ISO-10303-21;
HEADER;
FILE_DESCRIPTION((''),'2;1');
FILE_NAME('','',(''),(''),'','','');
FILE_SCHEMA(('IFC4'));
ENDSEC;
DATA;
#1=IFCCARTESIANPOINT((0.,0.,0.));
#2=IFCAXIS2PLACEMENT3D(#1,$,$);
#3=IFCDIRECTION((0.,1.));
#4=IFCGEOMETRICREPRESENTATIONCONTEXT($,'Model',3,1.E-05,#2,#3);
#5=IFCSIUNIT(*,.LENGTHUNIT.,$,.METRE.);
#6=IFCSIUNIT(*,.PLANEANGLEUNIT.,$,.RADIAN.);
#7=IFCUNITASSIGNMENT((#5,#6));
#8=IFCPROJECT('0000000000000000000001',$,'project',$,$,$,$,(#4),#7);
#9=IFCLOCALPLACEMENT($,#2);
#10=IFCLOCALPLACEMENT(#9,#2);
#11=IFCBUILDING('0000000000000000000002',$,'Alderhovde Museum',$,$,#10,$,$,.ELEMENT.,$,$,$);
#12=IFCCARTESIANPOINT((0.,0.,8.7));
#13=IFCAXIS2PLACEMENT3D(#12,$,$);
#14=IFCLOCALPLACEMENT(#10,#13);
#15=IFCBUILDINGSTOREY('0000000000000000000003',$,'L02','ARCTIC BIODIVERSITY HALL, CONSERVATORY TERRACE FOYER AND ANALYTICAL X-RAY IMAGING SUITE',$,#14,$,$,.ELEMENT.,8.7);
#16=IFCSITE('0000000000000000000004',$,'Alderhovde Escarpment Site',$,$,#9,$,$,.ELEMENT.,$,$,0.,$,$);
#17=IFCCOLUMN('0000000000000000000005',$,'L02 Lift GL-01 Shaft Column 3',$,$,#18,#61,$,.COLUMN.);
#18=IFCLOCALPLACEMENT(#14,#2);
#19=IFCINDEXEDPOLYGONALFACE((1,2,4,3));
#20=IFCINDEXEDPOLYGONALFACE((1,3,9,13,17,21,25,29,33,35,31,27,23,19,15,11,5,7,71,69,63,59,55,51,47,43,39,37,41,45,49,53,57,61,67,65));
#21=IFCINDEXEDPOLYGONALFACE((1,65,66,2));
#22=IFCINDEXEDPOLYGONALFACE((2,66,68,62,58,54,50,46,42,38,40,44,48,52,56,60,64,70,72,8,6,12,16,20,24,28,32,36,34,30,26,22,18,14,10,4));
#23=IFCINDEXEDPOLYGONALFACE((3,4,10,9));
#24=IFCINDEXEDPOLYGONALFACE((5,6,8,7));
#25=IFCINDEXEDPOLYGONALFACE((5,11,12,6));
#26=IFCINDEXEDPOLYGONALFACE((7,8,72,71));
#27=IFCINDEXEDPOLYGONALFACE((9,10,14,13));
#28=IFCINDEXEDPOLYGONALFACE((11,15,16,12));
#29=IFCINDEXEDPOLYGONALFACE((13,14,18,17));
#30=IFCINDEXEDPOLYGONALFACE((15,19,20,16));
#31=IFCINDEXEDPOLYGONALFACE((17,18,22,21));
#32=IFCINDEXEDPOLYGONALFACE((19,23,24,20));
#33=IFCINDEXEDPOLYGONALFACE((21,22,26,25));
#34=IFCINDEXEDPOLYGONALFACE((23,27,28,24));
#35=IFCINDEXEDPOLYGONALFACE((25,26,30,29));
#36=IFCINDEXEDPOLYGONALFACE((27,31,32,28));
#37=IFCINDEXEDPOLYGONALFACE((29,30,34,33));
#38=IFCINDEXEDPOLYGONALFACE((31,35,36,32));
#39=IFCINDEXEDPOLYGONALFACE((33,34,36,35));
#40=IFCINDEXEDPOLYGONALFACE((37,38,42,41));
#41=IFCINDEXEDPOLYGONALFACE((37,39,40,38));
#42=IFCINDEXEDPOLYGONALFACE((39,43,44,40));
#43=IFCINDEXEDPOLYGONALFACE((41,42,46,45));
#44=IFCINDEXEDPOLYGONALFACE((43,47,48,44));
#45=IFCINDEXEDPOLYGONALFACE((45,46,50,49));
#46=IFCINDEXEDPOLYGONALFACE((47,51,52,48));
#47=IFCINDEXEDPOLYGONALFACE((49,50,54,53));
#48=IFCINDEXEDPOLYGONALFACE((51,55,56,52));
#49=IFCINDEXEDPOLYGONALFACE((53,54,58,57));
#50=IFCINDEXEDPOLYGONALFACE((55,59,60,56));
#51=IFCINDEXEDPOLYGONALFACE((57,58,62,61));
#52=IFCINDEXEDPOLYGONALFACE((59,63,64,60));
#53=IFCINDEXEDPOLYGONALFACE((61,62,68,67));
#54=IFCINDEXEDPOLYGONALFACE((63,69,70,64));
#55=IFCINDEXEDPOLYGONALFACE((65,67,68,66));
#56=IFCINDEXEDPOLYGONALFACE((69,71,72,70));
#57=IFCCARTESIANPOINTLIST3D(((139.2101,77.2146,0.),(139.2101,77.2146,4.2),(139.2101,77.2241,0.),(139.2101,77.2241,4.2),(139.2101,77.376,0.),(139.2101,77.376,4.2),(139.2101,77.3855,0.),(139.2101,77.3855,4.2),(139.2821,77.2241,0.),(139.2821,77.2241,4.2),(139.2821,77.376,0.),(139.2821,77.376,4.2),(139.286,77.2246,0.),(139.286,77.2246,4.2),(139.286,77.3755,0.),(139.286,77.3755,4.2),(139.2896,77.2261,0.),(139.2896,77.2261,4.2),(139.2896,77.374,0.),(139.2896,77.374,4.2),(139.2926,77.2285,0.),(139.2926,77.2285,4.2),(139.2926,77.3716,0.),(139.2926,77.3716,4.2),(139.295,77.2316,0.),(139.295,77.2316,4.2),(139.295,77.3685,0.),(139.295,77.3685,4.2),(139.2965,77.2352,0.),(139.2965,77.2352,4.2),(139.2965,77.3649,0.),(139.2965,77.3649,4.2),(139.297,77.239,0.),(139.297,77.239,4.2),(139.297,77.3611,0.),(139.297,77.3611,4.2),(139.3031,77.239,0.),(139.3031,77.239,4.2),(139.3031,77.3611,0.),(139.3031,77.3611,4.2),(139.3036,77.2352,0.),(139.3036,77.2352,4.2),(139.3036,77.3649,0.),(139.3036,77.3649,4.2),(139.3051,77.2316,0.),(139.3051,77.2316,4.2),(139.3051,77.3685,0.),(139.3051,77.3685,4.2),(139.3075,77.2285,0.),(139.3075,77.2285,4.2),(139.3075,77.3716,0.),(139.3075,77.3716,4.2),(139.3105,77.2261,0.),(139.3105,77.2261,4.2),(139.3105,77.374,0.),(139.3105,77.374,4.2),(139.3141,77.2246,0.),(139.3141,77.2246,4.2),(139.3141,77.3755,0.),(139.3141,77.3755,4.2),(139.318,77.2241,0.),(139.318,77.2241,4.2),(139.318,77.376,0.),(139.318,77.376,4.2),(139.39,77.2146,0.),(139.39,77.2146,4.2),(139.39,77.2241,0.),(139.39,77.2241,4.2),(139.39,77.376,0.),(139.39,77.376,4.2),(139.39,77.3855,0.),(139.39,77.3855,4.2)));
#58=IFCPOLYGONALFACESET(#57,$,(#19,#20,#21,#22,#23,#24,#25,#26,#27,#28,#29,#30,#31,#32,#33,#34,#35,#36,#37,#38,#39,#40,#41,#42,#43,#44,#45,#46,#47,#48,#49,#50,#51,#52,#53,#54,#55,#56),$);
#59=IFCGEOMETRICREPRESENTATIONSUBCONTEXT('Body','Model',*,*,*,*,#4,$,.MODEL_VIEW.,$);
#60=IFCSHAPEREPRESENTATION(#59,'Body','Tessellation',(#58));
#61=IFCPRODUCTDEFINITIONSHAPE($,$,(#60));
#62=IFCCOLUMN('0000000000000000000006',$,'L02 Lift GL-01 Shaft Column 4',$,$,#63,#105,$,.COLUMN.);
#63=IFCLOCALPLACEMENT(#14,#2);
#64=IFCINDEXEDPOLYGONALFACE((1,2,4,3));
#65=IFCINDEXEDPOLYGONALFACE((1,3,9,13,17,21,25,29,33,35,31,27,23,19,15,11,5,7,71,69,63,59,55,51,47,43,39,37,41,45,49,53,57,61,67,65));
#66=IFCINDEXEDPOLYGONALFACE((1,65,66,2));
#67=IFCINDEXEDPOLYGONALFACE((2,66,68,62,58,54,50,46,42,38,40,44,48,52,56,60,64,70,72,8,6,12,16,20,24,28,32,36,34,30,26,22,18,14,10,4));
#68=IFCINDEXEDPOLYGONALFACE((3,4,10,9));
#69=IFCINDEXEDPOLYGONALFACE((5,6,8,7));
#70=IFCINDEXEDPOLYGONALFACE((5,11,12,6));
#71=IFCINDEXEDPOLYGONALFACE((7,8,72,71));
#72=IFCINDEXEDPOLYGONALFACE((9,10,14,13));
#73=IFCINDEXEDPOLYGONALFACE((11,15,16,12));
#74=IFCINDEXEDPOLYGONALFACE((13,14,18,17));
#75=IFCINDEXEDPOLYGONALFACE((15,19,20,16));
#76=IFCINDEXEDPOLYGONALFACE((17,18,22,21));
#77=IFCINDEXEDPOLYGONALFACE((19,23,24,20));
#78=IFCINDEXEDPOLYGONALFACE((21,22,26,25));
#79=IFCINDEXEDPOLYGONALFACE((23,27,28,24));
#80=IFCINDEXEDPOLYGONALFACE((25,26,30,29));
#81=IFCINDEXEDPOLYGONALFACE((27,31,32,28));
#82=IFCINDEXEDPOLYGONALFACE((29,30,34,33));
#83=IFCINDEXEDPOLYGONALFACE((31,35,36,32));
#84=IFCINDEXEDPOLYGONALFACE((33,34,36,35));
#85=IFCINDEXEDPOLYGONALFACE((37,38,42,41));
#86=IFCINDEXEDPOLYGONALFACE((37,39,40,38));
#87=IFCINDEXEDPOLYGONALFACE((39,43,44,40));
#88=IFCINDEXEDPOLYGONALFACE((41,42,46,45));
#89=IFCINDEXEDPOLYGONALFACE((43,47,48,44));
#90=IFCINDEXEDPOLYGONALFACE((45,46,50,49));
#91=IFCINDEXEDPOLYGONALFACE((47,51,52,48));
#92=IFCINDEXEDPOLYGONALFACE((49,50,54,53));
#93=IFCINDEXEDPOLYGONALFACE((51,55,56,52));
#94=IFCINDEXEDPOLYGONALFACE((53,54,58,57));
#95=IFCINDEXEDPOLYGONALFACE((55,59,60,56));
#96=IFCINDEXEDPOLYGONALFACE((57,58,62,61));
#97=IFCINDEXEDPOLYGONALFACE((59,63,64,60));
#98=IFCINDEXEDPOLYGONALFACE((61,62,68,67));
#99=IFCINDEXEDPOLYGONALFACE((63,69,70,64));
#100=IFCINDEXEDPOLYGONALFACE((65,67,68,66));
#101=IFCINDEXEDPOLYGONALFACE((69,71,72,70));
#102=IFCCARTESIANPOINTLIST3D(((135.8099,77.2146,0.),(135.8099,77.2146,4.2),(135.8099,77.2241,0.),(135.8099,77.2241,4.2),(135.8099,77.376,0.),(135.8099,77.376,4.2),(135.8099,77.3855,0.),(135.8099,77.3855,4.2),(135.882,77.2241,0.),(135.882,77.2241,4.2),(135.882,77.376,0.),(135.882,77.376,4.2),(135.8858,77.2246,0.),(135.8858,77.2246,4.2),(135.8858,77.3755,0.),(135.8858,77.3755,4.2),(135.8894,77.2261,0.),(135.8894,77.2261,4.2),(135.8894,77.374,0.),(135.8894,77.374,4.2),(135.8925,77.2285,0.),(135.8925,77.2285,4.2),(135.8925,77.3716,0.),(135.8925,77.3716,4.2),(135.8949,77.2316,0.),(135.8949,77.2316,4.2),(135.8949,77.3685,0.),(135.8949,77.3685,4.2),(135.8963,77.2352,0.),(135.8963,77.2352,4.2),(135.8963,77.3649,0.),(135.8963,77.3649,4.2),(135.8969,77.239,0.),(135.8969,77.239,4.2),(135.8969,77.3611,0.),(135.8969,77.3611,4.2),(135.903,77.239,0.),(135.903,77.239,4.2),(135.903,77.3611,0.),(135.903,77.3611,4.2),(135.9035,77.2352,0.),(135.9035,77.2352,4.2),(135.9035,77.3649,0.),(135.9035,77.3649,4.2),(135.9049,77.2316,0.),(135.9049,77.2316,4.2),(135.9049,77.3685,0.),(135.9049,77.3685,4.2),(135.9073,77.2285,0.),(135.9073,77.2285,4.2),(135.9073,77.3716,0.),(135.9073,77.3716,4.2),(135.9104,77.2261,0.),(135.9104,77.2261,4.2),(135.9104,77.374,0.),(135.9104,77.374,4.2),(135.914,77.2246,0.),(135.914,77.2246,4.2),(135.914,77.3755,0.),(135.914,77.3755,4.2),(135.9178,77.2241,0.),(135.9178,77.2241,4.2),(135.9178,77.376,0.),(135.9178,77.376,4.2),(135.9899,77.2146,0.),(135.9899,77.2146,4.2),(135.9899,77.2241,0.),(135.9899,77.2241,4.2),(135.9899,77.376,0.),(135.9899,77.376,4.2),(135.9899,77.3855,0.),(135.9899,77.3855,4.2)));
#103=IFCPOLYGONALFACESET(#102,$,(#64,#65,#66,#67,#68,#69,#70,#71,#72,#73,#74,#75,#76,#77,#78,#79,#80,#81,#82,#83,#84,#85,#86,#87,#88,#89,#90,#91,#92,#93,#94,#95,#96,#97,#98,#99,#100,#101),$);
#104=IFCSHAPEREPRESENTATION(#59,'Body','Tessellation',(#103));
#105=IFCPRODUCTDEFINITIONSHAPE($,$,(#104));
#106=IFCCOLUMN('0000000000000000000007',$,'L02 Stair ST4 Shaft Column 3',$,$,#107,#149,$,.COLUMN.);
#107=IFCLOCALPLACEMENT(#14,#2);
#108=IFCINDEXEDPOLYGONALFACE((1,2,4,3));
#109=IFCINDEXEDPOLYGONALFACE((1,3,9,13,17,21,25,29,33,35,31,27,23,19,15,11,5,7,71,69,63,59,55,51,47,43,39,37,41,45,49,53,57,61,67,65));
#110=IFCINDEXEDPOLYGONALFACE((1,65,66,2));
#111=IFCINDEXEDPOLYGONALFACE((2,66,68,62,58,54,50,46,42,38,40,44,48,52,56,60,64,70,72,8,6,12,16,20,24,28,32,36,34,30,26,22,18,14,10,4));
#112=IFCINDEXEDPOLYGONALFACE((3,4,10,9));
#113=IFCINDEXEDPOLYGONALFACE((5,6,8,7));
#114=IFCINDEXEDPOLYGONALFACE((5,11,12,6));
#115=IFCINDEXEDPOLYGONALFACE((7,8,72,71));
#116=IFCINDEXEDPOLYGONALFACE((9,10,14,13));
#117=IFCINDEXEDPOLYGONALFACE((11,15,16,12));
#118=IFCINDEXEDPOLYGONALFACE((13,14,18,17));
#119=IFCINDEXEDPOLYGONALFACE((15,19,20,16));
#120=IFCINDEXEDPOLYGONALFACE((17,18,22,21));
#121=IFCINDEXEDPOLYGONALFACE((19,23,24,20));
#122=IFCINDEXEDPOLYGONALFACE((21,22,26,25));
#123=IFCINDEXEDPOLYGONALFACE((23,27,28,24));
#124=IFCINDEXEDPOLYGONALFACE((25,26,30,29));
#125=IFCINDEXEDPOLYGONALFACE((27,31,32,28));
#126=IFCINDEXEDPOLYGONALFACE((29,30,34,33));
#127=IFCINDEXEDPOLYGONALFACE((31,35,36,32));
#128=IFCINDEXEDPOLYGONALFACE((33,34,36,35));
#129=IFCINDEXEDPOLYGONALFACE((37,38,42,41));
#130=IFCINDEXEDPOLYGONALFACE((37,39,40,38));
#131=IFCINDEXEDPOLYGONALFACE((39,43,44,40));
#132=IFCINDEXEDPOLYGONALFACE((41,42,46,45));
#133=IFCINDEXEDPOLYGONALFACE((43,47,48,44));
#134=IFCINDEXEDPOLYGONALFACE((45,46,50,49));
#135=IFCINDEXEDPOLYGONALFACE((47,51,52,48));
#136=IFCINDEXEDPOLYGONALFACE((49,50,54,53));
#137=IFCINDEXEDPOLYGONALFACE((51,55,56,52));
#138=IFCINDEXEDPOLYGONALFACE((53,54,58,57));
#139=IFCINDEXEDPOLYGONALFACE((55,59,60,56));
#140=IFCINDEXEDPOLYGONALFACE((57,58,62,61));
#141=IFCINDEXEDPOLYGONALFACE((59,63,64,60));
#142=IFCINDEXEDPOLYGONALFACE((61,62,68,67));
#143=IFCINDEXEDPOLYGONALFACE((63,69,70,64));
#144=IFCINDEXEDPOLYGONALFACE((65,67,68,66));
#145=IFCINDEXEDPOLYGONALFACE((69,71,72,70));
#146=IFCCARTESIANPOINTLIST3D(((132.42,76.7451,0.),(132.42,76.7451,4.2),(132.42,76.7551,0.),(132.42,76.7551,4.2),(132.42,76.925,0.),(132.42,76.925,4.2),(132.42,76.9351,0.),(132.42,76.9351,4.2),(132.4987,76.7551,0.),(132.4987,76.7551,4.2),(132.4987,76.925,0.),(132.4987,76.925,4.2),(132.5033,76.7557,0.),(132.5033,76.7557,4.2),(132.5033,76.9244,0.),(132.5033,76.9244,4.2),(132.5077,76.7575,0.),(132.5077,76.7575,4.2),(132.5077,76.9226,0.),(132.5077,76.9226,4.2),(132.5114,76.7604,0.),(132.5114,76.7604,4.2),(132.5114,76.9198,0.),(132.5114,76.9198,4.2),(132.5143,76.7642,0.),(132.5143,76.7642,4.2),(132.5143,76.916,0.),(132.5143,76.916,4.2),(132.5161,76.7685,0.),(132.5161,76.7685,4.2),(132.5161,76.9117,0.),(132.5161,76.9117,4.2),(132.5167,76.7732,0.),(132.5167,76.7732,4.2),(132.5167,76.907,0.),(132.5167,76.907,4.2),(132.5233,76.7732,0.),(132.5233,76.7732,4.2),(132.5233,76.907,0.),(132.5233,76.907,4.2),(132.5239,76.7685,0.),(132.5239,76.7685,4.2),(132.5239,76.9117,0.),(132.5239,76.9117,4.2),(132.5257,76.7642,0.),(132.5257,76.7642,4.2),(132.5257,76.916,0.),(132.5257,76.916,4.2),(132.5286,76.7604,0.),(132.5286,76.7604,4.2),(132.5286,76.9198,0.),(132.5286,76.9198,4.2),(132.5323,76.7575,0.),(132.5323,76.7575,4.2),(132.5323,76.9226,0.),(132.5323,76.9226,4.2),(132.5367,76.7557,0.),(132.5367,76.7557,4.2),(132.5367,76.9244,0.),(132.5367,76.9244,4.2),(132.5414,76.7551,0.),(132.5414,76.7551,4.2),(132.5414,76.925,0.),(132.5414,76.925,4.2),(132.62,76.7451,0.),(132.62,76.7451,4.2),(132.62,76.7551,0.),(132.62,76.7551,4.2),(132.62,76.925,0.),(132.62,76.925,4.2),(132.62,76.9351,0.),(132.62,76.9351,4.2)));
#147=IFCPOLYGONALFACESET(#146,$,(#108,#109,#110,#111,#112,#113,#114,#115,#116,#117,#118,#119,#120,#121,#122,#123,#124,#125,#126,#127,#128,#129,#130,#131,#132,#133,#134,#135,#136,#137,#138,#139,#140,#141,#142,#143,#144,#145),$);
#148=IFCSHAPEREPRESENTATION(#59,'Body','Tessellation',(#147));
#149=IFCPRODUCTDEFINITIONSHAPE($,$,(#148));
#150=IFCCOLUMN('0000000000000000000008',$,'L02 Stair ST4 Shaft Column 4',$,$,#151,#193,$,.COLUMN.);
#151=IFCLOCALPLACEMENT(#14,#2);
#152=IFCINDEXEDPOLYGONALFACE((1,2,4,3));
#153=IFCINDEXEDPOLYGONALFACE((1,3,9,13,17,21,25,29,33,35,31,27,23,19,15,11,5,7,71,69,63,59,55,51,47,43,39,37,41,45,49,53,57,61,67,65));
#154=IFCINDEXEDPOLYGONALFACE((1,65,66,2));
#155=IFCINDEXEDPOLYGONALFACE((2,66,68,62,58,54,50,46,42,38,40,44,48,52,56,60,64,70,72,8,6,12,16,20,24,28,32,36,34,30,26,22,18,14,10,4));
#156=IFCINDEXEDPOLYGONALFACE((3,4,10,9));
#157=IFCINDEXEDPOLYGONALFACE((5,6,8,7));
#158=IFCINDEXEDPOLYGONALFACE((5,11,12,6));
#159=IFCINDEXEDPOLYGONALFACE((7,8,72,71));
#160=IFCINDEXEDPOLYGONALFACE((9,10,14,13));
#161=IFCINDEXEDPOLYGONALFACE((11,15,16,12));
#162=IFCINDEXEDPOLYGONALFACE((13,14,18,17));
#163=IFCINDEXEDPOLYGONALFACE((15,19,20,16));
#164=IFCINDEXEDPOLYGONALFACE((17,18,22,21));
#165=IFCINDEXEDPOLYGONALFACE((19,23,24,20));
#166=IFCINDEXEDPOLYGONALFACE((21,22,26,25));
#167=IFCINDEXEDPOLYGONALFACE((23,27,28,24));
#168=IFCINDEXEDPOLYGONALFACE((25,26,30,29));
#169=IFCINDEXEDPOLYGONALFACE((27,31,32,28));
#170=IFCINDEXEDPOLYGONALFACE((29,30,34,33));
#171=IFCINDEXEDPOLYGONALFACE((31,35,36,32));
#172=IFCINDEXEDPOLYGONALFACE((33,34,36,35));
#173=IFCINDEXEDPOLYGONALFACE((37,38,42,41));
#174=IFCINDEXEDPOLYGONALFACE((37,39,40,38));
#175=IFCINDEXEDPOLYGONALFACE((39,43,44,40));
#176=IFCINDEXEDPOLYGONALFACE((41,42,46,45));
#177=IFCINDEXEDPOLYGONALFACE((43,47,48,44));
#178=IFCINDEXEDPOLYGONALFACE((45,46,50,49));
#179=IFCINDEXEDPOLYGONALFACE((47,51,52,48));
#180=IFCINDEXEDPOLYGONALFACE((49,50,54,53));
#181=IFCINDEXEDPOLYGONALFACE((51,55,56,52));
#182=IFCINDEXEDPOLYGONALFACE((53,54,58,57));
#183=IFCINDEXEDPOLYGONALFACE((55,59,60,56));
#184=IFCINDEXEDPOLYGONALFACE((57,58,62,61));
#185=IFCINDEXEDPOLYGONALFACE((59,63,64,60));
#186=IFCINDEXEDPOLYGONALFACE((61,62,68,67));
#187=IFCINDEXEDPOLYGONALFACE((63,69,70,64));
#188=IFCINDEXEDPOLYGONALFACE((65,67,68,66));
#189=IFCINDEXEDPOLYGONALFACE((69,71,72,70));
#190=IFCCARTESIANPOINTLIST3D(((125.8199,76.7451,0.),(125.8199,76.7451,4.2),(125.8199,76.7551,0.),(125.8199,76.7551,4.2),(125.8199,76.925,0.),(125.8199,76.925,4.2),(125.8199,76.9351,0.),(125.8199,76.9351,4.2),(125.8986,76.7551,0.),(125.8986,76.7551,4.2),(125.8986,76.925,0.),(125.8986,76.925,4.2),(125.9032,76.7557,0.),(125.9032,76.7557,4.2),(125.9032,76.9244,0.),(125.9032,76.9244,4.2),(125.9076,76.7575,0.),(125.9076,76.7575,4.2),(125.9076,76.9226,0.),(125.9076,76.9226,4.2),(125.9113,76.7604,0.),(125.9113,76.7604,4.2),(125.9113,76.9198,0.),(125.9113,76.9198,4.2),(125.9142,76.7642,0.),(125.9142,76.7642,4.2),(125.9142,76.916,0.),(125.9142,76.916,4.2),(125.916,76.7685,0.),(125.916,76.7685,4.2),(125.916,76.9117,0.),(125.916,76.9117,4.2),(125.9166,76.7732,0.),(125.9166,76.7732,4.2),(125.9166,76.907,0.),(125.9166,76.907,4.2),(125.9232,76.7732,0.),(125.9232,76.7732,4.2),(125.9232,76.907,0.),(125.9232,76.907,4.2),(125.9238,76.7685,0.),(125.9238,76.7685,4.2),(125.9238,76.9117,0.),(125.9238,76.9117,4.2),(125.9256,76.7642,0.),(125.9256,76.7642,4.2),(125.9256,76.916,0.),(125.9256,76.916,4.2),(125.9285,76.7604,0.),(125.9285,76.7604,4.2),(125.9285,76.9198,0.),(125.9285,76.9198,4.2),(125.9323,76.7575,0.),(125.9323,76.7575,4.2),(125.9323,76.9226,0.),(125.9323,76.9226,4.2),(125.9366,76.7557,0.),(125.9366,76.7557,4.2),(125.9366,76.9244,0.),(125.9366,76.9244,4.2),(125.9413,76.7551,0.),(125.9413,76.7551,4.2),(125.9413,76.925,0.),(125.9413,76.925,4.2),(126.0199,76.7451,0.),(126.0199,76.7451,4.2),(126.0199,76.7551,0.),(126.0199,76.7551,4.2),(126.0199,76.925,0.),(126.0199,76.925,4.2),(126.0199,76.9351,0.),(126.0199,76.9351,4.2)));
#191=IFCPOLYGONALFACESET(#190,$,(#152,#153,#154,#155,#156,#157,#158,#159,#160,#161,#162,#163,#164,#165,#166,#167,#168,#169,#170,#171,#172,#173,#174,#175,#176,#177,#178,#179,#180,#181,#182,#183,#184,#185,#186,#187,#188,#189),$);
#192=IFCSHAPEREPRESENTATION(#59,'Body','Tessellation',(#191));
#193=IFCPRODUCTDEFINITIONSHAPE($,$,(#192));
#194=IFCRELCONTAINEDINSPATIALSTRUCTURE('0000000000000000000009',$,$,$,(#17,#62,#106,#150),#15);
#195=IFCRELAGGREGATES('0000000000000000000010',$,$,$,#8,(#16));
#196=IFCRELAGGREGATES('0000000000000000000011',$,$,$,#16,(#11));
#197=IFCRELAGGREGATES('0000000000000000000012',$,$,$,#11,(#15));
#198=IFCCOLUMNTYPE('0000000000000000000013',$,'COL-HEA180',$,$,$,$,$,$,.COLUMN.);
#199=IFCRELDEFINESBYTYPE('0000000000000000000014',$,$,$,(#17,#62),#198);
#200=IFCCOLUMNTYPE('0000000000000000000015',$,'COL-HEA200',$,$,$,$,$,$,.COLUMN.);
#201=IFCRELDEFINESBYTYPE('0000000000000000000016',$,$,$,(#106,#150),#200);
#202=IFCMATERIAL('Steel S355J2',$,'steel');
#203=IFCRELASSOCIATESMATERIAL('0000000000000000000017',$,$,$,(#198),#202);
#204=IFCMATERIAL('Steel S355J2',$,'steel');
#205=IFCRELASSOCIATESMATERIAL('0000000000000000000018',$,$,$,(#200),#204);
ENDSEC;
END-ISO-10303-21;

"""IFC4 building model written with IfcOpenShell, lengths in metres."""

from ifc_helpers import new_model, si_unit, direction, frame, origin, origin_2d, place, context, subcontext, project, spatial, i_section, extrude, material, material_profile, profile_set, type_object, element, save


model = new_model("IFC4")

# Units and contexts
model_context = context("Model", 3, precision=1e-05, world=origin(), true_north=direction((0.0, 1.0)))
body_context = subcontext(model_context, "Body", "Model", "MODEL_VIEW")
ifc_project = project(units=[si_unit("LENGTHUNIT", "METRE"), si_unit("PLANEANGLEUNIT", "RADIAN")], contexts=[model_context])

# Site, building, storey
site_placement = place(None, origin())
site = spatial("IfcSite", under=ifc_project, at=site_placement, Name="Alderhovde Escarpment Site", CompositionType="ELEMENT", RefElevation=0.0)
building_placement = place(site_placement, origin())
building = spatial("IfcBuilding", under=site, at=building_placement, Name="Alderhovde Museum", CompositionType="ELEMENT")
storey_placement = place(building_placement, frame((0.0, 0.0, 8.7)))
storey = spatial("IfcBuildingStorey", under=building, at=storey_placement, Name="L02", Description="ARCTIC BIODIVERSITY HALL, CONSERVATORY TERRACE FOYER AND ANALYTICAL X-RAY IMAGING SUITE", CompositionType="ELEMENT", Elevation=8.7)

# Columns
ifc_material_1 = material(Name="Steel S355J2", Category="steel")
ifc_material_profile_1 = material_profile(ifc_material_1, i_section(OverallWidth=0.1799, OverallDepth=0.1709, WebThickness=0.0061, FlangeThickness=0.0095, FilletRadius=0.0149, at=origin_2d()), Name="HEA 180")
ifc_profile_set_1 = profile_set([ifc_material_profile_1], Name="Steel S355J2")
column_type_1 = type_object("IfcColumnType", Name="COL-HEA180", PredefinedType="COLUMN", material=ifc_profile_set_1)
for number, where, z_axis, x_axis, name in (
    (1, (139.3, 77.3, 0.0), (0.0, 0.0, 1.0), (1.0, 0.0, 0.0), "L02 Lift GL-01 Shaft Column 3"),
    (2, (135.8999, 77.3, 0.0), (0.0, 0.0, 1.0), (1.0, 0.0, 0.0), "L02 Lift GL-01 Shaft Column 4"),
):
    element("IfcColumn", number, at=place(storey_placement, frame(where, z_axis=z_axis, x_axis=x_axis)), inside=storey, type_object=column_type_1, Name=name, PredefinedType="COLUMN", context=body_context, shape_type="SweptSolid", body=[
        extrude(i_section(OverallWidth=0.1799, OverallDepth=0.1709, WebThickness=0.0061, FlangeThickness=0.0095, FilletRadius=0.0149, at=origin_2d()), origin(), (0.0, 0.0, 1.0), 4.2),
    ])
ifc_material_2 = material(Name="Steel S355J2", Category="steel")
ifc_material_profile_2 = material_profile(ifc_material_2, i_section(OverallWidth=0.2, OverallDepth=0.1899, WebThickness=0.0066, FlangeThickness=0.01, FilletRadius=0.0181, at=origin_2d()), Name="HEA 200")
ifc_profile_set_2 = profile_set([ifc_material_profile_2], Name="Steel S355J2")
column_type_2 = type_object("IfcColumnType", Name="COL-HEA200", PredefinedType="COLUMN", material=ifc_profile_set_2)
for number, where, z_axis, x_axis, name in (
    (3, (132.52, 76.8401, 0.0), (0.0, 0.0, 1.0), (1.0, 0.0, 0.0), "L02 Stair ST4 Shaft Column 3"),
    (4, (125.9199, 76.8401, 0.0), (0.0, 0.0, 1.0), (1.0, 0.0, 0.0), "L02 Stair ST4 Shaft Column 4"),
):
    element("IfcColumn", number, at=place(storey_placement, frame(where, z_axis=z_axis, x_axis=x_axis)), inside=storey, type_object=column_type_2, Name=name, PredefinedType="COLUMN", context=body_context, shape_type="SweptSolid", body=[
        extrude(i_section(OverallWidth=0.2, OverallDepth=0.1899, WebThickness=0.0066, FlangeThickness=0.01, FilletRadius=0.0181, at=origin_2d()), origin(), (0.0, 0.0, 1.0), 4.2),
    ])

save(model, "model.ifc")
